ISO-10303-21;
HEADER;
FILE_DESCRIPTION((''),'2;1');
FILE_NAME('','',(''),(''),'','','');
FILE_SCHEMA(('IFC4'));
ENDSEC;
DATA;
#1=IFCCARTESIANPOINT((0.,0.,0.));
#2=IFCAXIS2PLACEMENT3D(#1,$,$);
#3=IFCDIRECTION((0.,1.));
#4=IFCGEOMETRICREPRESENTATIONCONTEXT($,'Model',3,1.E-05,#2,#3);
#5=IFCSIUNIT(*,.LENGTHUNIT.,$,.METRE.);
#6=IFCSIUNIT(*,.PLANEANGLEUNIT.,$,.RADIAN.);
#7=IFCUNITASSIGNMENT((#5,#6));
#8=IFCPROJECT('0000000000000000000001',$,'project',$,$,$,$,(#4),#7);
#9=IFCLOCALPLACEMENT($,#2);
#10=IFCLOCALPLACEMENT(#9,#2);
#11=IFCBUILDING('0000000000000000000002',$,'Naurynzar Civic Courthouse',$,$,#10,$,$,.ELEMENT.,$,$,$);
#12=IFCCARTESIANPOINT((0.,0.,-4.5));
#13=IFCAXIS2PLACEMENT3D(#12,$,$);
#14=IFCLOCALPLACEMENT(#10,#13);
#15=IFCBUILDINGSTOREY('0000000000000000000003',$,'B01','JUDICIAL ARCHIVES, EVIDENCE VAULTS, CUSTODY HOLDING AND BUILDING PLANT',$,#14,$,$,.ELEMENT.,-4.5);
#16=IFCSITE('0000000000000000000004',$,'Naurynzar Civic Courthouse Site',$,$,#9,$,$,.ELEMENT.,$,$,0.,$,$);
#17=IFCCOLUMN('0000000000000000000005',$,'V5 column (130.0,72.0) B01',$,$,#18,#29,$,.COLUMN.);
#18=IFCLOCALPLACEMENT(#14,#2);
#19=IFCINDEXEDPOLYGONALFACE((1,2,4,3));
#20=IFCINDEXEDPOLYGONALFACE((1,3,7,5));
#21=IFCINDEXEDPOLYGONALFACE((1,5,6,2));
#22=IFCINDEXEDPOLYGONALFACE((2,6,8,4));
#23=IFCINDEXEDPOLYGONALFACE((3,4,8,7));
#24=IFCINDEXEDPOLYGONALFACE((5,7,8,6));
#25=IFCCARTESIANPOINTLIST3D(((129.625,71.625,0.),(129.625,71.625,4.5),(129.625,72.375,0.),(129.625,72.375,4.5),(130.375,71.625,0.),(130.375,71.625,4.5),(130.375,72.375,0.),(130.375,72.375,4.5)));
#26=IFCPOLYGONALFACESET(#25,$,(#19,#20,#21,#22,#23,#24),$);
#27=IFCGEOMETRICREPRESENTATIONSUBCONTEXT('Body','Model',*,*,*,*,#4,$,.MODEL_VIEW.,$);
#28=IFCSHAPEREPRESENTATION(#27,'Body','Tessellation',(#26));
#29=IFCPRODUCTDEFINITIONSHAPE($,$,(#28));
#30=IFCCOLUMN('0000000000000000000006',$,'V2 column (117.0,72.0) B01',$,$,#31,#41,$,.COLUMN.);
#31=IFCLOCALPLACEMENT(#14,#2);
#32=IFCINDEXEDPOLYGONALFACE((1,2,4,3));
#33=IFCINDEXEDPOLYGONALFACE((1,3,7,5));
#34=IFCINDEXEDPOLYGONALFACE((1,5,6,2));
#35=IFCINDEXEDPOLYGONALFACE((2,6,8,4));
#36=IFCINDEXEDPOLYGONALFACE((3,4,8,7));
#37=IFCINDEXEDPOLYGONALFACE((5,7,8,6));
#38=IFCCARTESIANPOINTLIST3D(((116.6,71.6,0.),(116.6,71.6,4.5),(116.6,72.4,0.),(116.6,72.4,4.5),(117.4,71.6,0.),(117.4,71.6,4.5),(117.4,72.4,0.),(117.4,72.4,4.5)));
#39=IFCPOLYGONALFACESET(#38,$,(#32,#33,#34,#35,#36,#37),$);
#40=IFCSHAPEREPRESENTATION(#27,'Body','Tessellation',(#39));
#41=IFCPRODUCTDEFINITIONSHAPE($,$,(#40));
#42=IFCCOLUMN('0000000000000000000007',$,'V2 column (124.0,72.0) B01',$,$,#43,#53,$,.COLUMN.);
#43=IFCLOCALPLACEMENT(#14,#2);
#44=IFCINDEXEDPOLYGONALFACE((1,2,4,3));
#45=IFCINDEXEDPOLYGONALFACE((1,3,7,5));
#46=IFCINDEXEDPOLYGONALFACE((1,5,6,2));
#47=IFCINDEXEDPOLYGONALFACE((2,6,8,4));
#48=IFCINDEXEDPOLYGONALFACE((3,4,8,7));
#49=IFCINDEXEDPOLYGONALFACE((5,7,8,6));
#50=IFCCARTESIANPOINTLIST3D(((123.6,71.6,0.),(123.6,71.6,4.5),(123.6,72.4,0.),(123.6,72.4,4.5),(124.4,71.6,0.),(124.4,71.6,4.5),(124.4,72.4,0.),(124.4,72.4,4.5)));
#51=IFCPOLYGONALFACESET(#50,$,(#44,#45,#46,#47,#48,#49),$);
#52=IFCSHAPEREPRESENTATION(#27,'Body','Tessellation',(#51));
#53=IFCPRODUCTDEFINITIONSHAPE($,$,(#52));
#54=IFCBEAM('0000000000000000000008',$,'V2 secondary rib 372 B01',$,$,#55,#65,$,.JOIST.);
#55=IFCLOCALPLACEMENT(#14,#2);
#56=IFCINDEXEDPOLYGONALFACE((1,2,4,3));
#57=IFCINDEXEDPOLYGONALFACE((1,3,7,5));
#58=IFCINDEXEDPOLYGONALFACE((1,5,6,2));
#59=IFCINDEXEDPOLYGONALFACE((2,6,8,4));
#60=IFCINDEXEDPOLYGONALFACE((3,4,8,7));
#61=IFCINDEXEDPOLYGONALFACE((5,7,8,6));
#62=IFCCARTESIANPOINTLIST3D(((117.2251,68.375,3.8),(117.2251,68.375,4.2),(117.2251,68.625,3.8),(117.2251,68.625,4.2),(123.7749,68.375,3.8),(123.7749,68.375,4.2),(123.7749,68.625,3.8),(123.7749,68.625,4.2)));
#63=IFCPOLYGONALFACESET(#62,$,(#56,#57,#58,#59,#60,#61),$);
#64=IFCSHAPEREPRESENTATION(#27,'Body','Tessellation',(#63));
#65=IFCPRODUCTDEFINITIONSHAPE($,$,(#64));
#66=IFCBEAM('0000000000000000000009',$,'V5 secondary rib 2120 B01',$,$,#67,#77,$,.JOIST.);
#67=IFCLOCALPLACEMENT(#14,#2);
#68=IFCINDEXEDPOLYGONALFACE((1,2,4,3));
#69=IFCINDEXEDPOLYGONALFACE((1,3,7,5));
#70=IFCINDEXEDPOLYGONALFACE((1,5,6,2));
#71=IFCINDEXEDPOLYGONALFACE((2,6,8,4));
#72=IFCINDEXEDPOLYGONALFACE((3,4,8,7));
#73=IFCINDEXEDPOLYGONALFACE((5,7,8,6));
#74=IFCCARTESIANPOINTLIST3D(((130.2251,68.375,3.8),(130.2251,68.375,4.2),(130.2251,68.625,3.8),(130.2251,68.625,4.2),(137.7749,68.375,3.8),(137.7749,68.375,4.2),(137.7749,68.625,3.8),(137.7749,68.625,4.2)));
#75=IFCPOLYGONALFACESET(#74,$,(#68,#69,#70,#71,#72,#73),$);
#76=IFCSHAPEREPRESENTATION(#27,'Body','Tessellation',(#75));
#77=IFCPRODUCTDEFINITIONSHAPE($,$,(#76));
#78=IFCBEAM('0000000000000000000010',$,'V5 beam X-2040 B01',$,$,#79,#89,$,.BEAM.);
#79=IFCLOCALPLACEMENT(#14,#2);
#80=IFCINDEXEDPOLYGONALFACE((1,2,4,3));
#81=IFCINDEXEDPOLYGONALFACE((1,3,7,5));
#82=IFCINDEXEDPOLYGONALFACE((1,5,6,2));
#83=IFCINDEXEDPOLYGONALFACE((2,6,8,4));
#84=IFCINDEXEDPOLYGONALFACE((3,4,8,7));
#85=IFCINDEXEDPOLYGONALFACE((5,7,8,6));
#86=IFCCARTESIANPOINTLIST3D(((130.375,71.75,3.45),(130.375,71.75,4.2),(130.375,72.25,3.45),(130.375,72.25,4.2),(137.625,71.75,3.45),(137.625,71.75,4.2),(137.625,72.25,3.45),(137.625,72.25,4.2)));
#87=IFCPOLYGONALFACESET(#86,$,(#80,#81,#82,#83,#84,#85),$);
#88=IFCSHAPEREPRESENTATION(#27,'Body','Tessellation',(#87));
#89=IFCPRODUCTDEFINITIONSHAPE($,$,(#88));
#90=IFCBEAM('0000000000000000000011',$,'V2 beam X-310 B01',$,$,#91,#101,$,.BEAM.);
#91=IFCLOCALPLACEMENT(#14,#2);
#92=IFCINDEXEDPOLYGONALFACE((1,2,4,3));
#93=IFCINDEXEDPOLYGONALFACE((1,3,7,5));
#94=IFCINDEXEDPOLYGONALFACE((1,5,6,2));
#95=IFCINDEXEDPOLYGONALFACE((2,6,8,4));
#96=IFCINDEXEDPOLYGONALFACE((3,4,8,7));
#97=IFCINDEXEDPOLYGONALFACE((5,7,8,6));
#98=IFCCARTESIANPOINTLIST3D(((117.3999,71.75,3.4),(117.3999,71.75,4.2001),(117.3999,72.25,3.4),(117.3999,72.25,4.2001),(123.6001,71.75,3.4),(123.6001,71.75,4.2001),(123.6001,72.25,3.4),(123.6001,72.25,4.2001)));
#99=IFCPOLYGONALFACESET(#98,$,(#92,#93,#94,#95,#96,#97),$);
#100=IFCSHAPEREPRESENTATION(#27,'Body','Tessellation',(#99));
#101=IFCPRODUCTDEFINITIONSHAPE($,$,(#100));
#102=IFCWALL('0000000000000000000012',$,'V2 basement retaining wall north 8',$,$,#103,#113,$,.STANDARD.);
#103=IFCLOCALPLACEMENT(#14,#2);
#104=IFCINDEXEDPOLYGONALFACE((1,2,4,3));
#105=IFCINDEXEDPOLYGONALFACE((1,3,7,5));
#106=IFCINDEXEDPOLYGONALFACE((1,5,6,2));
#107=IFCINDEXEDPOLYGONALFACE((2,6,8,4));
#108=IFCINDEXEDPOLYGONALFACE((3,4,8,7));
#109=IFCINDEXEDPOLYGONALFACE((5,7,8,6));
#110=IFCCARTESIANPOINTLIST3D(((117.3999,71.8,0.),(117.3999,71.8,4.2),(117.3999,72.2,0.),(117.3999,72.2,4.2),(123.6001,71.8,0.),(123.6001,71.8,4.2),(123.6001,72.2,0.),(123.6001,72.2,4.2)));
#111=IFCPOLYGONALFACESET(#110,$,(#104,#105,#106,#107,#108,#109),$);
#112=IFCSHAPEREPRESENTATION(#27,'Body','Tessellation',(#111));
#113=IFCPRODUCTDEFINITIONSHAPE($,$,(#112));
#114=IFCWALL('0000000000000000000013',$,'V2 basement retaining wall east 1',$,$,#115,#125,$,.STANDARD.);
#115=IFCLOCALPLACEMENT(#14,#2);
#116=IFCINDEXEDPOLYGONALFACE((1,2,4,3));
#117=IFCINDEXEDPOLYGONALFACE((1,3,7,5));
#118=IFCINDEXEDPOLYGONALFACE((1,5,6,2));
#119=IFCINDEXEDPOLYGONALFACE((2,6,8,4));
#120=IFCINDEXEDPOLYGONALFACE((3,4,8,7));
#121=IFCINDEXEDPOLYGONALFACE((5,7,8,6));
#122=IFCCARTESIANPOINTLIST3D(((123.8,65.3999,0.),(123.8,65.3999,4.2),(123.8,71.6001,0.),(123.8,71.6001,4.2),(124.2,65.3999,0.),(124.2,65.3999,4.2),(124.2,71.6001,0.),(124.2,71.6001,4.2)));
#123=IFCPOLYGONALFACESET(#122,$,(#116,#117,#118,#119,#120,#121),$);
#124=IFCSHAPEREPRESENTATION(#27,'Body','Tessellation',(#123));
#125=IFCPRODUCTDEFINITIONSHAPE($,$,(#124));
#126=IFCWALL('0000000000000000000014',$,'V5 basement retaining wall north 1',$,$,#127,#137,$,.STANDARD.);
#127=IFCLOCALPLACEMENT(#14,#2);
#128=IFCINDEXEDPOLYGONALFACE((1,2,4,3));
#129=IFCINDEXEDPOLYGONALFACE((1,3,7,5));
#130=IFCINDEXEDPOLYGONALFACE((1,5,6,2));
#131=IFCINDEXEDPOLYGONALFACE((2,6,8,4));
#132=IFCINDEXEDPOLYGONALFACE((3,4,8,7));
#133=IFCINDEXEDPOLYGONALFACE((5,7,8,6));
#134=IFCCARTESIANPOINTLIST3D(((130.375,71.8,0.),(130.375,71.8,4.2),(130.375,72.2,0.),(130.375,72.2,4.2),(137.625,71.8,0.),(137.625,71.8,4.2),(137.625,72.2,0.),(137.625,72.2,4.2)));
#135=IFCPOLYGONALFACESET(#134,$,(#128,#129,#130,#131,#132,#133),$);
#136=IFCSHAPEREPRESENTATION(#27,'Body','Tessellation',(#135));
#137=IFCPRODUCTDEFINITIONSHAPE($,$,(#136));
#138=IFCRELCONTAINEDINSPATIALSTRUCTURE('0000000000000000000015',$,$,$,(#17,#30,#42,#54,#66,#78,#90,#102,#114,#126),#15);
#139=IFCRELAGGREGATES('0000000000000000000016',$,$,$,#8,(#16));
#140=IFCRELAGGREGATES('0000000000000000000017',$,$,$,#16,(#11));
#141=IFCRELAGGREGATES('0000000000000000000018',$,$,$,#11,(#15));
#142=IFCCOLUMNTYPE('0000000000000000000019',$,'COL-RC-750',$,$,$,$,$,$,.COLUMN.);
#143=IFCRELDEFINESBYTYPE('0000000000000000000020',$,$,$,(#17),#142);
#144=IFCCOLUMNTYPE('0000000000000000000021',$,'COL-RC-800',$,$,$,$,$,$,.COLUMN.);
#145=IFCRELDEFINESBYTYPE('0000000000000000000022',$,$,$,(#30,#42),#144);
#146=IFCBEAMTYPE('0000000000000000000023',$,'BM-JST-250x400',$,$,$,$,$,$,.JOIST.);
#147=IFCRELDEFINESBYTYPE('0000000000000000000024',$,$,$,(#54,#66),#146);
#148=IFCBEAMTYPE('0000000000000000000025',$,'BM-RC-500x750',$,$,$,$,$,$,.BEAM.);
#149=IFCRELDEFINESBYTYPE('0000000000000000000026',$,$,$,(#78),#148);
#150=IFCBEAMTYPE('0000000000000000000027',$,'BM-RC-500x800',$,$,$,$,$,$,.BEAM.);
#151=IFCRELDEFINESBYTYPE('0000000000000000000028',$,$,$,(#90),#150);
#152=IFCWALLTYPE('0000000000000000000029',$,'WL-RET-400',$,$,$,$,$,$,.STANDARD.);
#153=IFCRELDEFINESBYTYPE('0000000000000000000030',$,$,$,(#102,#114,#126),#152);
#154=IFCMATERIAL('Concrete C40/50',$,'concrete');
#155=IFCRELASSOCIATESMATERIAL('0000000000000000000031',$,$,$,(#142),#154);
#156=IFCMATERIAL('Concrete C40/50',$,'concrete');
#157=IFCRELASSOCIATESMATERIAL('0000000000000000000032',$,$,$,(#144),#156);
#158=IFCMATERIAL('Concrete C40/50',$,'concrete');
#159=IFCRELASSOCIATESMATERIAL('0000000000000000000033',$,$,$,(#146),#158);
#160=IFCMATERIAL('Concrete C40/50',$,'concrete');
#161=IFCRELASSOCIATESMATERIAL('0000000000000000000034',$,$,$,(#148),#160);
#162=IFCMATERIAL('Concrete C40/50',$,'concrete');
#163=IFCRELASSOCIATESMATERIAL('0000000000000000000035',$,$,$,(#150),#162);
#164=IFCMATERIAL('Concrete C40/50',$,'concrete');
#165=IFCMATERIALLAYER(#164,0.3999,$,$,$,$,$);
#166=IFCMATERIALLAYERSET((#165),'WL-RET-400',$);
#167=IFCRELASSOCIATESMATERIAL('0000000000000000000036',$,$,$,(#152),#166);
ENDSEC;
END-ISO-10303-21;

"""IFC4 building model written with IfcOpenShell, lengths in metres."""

from ifc_helpers import new_model, si_unit, direction, frame, frame_2d, origin, origin_2d, place, context, subcontext, project, spatial, rectangle, extrude, material, layer, layer_set, material_profile, profile_set, type_object, element, save


model = new_model("IFC4")

# Units and contexts
model_context = context("Model", 3, precision=1e-05, world=origin(), true_north=direction((0.0, 1.0)))
body_context = subcontext(model_context, "Body", "Model", "MODEL_VIEW")
ifc_project = project(units=[si_unit("LENGTHUNIT", "METRE"), si_unit("PLANEANGLEUNIT", "RADIAN")], contexts=[model_context])

# Site, building, storey
site_placement = place(None, origin())
site = spatial("IfcSite", under=ifc_project, at=site_placement, Name="Naurynzar Civic Courthouse Site", CompositionType="ELEMENT", RefElevation=0.0)
building_placement = place(site_placement, origin())
building = spatial("IfcBuilding", under=site, at=building_placement, Name="Naurynzar Civic Courthouse", CompositionType="ELEMENT")
storey_placement = place(building_placement, frame((0.0, 0.0, -4.5)))
storey = spatial("IfcBuildingStorey", under=building, at=storey_placement, Name="B01", Description="JUDICIAL ARCHIVES, EVIDENCE VAULTS, CUSTODY HOLDING AND BUILDING PLANT", CompositionType="ELEMENT", Elevation=-4.5)

# Columns
ifc_material_1 = material(Name="Concrete C40/50", Category="concrete")
ifc_material_profile_1 = material_profile(ifc_material_1, rectangle(XDim=0.75, YDim=0.75, at=origin_2d()), Name="RC 750x750")
ifc_profile_set_1 = profile_set([ifc_material_profile_1], Name="Concrete C40/50")
column_type_1 = type_object("IfcColumnType", Name="COL-RC-750", PredefinedType="COLUMN", material=ifc_profile_set_1)
column_placement = place(storey_placement, frame((130.0, 72.0, 0.0), z_axis=(0.0, 0.0, 1.0), x_axis=(1.0, 0.0, 0.0)))
element("IfcColumn", 1, at=column_placement, inside=storey, type_object=column_type_1, Name="V5 column (130.0,72.0) B01", PredefinedType="COLUMN", context=body_context, shape_type="SweptSolid", body=[
    extrude(rectangle(XDim=0.75, YDim=0.75, at=origin_2d()), origin(), (0.0, 0.0, 1.0), 4.5),
])
ifc_material_2 = material(Name="Concrete C40/50", Category="concrete")
ifc_material_profile_2 = material_profile(ifc_material_2, rectangle(XDim=0.8, YDim=0.8, at=origin_2d()), Name="RC 800x800")
ifc_profile_set_2 = profile_set([ifc_material_profile_2], Name="Concrete C40/50")
column_type_2 = type_object("IfcColumnType", Name="COL-RC-800", PredefinedType="COLUMN", material=ifc_profile_set_2)
for number, where, z_axis, x_axis, name in (
    (2, (117.0, 72.0, 0.0), (0.0, 0.0, 1.0), (1.0, 0.0, 0.0), "V2 column (117.0,72.0) B01"),
    (3, (124.0, 72.0, 0.0), (0.0, 0.0, 1.0), (1.0, 0.0, 0.0), "V2 column (124.0,72.0) B01"),
):
    element("IfcColumn", number, at=place(storey_placement, frame(where, z_axis=z_axis, x_axis=x_axis)), inside=storey, type_object=column_type_2, Name=name, PredefinedType="COLUMN", context=body_context, shape_type="SweptSolid", body=[
        extrude(rectangle(XDim=0.8, YDim=0.8, at=origin_2d()), origin(), (0.0, 0.0, 1.0), 4.5),
    ])

# Beams
ifc_material_3 = material(Name="Concrete C40/50", Category="concrete")
ifc_material_profile_3 = material_profile(ifc_material_3, rectangle(XDim=0.25, YDim=0.3999, at=origin_2d()), Name="RCB 250x400")
ifc_profile_set_3 = profile_set([ifc_material_profile_3], Name="Concrete C40/50")
beam_type_1 = type_object("IfcBeamType", Name="BM-JST-250x400", PredefinedType="JOIST", material=ifc_profile_set_3)
beam_1_placement = place(storey_placement, frame((117.2251, 68.5, 4.0), z_axis=(1.0, 0.0, 0.0), x_axis=(0.0, 1.0, 0.0)))
element("IfcBeam", 4, at=beam_1_placement, inside=storey, type_object=beam_type_1, Name="V2 secondary rib 372 B01", PredefinedType="JOIST", context=body_context, shape_type="SweptSolid", body=[
    extrude(rectangle(XDim=0.25, YDim=0.3999, at=origin_2d()), origin(), (0.0, 0.0, 1.0), 6.5498),
])
beam_2_placement = place(storey_placement, frame((130.2251, 68.5, 4.0), z_axis=(1.0, 0.0, 0.0), x_axis=(0.0, 1.0, 0.0)))
element("IfcBeam", 5, at=beam_2_placement, inside=storey, type_object=beam_type_1, Name="V5 secondary rib 2120 B01", PredefinedType="JOIST", context=body_context, shape_type="SweptSolid", body=[
    extrude(rectangle(XDim=0.25, YDim=0.3999, at=origin_2d()), origin(), (0.0, 0.0, 1.0), 7.5498),
])
ifc_material_4 = material(Name="Concrete C40/50", Category="concrete")
ifc_material_profile_4 = material_profile(ifc_material_4, rectangle(XDim=0.5, YDim=0.75, at=origin_2d()), Name="RCB 500x750")
ifc_profile_set_4 = profile_set([ifc_material_profile_4], Name="Concrete C40/50")
beam_type_2 = type_object("IfcBeamType", Name="BM-RC-500x750", PredefinedType="BEAM", material=ifc_profile_set_4)
beam_3_placement = place(storey_placement, frame((130.375, 72.0, 3.825), z_axis=(1.0, 0.0, 0.0), x_axis=(0.0, 1.0, 0.0)))
element("IfcBeam", 6, at=beam_3_placement, inside=storey, type_object=beam_type_2, Name="V5 beam X-2040 B01", PredefinedType="BEAM", context=body_context, shape_type="SweptSolid", body=[
    extrude(rectangle(XDim=0.5, YDim=0.75, at=origin_2d()), origin(), (0.0, 0.0, 1.0), 7.25),
])
ifc_material_5 = material(Name="Concrete C40/50", Category="concrete")
ifc_material_profile_5 = material_profile(ifc_material_5, rectangle(XDim=0.5, YDim=0.8, at=origin_2d()), Name="RCB 500x800")
ifc_profile_set_5 = profile_set([ifc_material_profile_5], Name="Concrete C40/50")
beam_type_3 = type_object("IfcBeamType", Name="BM-RC-500x800", PredefinedType="BEAM", material=ifc_profile_set_5)
beam_4_placement = place(storey_placement, frame((117.3999, 72.0, 3.8), z_axis=(1.0, 0.0, 0.0), x_axis=(0.0, 1.0, 0.0)))
element("IfcBeam", 7, at=beam_4_placement, inside=storey, type_object=beam_type_3, Name="V2 beam X-310 B01", PredefinedType="BEAM", context=body_context, shape_type="SweptSolid", body=[
    extrude(rectangle(XDim=0.5, YDim=0.8, at=origin_2d()), origin(), (0.0, 0.0, 1.0), 6.2002),
])

# Walls
ifc_material_6 = material(Name="Concrete C40/50", Category="concrete")
ifc_layer = layer(ifc_material_6, 0.3999)
ifc_layer_set = layer_set([ifc_layer], Name="WL-RET-400")
wall_type = type_object("IfcWallType", Name="WL-RET-400", PredefinedType="STANDARD", material=ifc_layer_set)
for number, where, z_axis, x_axis, name in (
    (8, (117.3999, 72.0, 0.0), (0.0, 0.0, 1.0), (1.0, 0.0, 0.0), "V2 basement retaining wall north 8"),
    (9, (124.0, 71.6001, 0.0), (0.0, 0.0, 1.0), (0.0, -1.0, 0.0), "V2 basement retaining wall east 1"),
):
    element("IfcWall", number, at=place(storey_placement, frame(where, z_axis=z_axis, x_axis=x_axis)), inside=storey, type_object=wall_type, Name=name, PredefinedType="STANDARD", context=body_context, shape_type="SweptSolid", body=[
        extrude(rectangle(XDim=6.2002, YDim=0.3999, at=frame_2d((3.1001, 0.0))), origin(), (0.0, 0.0, 1.0), 4.2),
    ])
wall_placement = place(storey_placement, frame((130.375, 72.0, 0.0), z_axis=(0.0, 0.0, 1.0), x_axis=(1.0, 0.0, 0.0)))
element("IfcWall", 10, at=wall_placement, inside=storey, type_object=wall_type, Name="V5 basement retaining wall north 1", PredefinedType="STANDARD", context=body_context, shape_type="SweptSolid", body=[
    extrude(rectangle(XDim=7.25, YDim=0.3999, at=frame_2d((3.625, 0.0))), origin(), (0.0, 0.0, 1.0), 4.2),
])

save(model, "model.ifc")
